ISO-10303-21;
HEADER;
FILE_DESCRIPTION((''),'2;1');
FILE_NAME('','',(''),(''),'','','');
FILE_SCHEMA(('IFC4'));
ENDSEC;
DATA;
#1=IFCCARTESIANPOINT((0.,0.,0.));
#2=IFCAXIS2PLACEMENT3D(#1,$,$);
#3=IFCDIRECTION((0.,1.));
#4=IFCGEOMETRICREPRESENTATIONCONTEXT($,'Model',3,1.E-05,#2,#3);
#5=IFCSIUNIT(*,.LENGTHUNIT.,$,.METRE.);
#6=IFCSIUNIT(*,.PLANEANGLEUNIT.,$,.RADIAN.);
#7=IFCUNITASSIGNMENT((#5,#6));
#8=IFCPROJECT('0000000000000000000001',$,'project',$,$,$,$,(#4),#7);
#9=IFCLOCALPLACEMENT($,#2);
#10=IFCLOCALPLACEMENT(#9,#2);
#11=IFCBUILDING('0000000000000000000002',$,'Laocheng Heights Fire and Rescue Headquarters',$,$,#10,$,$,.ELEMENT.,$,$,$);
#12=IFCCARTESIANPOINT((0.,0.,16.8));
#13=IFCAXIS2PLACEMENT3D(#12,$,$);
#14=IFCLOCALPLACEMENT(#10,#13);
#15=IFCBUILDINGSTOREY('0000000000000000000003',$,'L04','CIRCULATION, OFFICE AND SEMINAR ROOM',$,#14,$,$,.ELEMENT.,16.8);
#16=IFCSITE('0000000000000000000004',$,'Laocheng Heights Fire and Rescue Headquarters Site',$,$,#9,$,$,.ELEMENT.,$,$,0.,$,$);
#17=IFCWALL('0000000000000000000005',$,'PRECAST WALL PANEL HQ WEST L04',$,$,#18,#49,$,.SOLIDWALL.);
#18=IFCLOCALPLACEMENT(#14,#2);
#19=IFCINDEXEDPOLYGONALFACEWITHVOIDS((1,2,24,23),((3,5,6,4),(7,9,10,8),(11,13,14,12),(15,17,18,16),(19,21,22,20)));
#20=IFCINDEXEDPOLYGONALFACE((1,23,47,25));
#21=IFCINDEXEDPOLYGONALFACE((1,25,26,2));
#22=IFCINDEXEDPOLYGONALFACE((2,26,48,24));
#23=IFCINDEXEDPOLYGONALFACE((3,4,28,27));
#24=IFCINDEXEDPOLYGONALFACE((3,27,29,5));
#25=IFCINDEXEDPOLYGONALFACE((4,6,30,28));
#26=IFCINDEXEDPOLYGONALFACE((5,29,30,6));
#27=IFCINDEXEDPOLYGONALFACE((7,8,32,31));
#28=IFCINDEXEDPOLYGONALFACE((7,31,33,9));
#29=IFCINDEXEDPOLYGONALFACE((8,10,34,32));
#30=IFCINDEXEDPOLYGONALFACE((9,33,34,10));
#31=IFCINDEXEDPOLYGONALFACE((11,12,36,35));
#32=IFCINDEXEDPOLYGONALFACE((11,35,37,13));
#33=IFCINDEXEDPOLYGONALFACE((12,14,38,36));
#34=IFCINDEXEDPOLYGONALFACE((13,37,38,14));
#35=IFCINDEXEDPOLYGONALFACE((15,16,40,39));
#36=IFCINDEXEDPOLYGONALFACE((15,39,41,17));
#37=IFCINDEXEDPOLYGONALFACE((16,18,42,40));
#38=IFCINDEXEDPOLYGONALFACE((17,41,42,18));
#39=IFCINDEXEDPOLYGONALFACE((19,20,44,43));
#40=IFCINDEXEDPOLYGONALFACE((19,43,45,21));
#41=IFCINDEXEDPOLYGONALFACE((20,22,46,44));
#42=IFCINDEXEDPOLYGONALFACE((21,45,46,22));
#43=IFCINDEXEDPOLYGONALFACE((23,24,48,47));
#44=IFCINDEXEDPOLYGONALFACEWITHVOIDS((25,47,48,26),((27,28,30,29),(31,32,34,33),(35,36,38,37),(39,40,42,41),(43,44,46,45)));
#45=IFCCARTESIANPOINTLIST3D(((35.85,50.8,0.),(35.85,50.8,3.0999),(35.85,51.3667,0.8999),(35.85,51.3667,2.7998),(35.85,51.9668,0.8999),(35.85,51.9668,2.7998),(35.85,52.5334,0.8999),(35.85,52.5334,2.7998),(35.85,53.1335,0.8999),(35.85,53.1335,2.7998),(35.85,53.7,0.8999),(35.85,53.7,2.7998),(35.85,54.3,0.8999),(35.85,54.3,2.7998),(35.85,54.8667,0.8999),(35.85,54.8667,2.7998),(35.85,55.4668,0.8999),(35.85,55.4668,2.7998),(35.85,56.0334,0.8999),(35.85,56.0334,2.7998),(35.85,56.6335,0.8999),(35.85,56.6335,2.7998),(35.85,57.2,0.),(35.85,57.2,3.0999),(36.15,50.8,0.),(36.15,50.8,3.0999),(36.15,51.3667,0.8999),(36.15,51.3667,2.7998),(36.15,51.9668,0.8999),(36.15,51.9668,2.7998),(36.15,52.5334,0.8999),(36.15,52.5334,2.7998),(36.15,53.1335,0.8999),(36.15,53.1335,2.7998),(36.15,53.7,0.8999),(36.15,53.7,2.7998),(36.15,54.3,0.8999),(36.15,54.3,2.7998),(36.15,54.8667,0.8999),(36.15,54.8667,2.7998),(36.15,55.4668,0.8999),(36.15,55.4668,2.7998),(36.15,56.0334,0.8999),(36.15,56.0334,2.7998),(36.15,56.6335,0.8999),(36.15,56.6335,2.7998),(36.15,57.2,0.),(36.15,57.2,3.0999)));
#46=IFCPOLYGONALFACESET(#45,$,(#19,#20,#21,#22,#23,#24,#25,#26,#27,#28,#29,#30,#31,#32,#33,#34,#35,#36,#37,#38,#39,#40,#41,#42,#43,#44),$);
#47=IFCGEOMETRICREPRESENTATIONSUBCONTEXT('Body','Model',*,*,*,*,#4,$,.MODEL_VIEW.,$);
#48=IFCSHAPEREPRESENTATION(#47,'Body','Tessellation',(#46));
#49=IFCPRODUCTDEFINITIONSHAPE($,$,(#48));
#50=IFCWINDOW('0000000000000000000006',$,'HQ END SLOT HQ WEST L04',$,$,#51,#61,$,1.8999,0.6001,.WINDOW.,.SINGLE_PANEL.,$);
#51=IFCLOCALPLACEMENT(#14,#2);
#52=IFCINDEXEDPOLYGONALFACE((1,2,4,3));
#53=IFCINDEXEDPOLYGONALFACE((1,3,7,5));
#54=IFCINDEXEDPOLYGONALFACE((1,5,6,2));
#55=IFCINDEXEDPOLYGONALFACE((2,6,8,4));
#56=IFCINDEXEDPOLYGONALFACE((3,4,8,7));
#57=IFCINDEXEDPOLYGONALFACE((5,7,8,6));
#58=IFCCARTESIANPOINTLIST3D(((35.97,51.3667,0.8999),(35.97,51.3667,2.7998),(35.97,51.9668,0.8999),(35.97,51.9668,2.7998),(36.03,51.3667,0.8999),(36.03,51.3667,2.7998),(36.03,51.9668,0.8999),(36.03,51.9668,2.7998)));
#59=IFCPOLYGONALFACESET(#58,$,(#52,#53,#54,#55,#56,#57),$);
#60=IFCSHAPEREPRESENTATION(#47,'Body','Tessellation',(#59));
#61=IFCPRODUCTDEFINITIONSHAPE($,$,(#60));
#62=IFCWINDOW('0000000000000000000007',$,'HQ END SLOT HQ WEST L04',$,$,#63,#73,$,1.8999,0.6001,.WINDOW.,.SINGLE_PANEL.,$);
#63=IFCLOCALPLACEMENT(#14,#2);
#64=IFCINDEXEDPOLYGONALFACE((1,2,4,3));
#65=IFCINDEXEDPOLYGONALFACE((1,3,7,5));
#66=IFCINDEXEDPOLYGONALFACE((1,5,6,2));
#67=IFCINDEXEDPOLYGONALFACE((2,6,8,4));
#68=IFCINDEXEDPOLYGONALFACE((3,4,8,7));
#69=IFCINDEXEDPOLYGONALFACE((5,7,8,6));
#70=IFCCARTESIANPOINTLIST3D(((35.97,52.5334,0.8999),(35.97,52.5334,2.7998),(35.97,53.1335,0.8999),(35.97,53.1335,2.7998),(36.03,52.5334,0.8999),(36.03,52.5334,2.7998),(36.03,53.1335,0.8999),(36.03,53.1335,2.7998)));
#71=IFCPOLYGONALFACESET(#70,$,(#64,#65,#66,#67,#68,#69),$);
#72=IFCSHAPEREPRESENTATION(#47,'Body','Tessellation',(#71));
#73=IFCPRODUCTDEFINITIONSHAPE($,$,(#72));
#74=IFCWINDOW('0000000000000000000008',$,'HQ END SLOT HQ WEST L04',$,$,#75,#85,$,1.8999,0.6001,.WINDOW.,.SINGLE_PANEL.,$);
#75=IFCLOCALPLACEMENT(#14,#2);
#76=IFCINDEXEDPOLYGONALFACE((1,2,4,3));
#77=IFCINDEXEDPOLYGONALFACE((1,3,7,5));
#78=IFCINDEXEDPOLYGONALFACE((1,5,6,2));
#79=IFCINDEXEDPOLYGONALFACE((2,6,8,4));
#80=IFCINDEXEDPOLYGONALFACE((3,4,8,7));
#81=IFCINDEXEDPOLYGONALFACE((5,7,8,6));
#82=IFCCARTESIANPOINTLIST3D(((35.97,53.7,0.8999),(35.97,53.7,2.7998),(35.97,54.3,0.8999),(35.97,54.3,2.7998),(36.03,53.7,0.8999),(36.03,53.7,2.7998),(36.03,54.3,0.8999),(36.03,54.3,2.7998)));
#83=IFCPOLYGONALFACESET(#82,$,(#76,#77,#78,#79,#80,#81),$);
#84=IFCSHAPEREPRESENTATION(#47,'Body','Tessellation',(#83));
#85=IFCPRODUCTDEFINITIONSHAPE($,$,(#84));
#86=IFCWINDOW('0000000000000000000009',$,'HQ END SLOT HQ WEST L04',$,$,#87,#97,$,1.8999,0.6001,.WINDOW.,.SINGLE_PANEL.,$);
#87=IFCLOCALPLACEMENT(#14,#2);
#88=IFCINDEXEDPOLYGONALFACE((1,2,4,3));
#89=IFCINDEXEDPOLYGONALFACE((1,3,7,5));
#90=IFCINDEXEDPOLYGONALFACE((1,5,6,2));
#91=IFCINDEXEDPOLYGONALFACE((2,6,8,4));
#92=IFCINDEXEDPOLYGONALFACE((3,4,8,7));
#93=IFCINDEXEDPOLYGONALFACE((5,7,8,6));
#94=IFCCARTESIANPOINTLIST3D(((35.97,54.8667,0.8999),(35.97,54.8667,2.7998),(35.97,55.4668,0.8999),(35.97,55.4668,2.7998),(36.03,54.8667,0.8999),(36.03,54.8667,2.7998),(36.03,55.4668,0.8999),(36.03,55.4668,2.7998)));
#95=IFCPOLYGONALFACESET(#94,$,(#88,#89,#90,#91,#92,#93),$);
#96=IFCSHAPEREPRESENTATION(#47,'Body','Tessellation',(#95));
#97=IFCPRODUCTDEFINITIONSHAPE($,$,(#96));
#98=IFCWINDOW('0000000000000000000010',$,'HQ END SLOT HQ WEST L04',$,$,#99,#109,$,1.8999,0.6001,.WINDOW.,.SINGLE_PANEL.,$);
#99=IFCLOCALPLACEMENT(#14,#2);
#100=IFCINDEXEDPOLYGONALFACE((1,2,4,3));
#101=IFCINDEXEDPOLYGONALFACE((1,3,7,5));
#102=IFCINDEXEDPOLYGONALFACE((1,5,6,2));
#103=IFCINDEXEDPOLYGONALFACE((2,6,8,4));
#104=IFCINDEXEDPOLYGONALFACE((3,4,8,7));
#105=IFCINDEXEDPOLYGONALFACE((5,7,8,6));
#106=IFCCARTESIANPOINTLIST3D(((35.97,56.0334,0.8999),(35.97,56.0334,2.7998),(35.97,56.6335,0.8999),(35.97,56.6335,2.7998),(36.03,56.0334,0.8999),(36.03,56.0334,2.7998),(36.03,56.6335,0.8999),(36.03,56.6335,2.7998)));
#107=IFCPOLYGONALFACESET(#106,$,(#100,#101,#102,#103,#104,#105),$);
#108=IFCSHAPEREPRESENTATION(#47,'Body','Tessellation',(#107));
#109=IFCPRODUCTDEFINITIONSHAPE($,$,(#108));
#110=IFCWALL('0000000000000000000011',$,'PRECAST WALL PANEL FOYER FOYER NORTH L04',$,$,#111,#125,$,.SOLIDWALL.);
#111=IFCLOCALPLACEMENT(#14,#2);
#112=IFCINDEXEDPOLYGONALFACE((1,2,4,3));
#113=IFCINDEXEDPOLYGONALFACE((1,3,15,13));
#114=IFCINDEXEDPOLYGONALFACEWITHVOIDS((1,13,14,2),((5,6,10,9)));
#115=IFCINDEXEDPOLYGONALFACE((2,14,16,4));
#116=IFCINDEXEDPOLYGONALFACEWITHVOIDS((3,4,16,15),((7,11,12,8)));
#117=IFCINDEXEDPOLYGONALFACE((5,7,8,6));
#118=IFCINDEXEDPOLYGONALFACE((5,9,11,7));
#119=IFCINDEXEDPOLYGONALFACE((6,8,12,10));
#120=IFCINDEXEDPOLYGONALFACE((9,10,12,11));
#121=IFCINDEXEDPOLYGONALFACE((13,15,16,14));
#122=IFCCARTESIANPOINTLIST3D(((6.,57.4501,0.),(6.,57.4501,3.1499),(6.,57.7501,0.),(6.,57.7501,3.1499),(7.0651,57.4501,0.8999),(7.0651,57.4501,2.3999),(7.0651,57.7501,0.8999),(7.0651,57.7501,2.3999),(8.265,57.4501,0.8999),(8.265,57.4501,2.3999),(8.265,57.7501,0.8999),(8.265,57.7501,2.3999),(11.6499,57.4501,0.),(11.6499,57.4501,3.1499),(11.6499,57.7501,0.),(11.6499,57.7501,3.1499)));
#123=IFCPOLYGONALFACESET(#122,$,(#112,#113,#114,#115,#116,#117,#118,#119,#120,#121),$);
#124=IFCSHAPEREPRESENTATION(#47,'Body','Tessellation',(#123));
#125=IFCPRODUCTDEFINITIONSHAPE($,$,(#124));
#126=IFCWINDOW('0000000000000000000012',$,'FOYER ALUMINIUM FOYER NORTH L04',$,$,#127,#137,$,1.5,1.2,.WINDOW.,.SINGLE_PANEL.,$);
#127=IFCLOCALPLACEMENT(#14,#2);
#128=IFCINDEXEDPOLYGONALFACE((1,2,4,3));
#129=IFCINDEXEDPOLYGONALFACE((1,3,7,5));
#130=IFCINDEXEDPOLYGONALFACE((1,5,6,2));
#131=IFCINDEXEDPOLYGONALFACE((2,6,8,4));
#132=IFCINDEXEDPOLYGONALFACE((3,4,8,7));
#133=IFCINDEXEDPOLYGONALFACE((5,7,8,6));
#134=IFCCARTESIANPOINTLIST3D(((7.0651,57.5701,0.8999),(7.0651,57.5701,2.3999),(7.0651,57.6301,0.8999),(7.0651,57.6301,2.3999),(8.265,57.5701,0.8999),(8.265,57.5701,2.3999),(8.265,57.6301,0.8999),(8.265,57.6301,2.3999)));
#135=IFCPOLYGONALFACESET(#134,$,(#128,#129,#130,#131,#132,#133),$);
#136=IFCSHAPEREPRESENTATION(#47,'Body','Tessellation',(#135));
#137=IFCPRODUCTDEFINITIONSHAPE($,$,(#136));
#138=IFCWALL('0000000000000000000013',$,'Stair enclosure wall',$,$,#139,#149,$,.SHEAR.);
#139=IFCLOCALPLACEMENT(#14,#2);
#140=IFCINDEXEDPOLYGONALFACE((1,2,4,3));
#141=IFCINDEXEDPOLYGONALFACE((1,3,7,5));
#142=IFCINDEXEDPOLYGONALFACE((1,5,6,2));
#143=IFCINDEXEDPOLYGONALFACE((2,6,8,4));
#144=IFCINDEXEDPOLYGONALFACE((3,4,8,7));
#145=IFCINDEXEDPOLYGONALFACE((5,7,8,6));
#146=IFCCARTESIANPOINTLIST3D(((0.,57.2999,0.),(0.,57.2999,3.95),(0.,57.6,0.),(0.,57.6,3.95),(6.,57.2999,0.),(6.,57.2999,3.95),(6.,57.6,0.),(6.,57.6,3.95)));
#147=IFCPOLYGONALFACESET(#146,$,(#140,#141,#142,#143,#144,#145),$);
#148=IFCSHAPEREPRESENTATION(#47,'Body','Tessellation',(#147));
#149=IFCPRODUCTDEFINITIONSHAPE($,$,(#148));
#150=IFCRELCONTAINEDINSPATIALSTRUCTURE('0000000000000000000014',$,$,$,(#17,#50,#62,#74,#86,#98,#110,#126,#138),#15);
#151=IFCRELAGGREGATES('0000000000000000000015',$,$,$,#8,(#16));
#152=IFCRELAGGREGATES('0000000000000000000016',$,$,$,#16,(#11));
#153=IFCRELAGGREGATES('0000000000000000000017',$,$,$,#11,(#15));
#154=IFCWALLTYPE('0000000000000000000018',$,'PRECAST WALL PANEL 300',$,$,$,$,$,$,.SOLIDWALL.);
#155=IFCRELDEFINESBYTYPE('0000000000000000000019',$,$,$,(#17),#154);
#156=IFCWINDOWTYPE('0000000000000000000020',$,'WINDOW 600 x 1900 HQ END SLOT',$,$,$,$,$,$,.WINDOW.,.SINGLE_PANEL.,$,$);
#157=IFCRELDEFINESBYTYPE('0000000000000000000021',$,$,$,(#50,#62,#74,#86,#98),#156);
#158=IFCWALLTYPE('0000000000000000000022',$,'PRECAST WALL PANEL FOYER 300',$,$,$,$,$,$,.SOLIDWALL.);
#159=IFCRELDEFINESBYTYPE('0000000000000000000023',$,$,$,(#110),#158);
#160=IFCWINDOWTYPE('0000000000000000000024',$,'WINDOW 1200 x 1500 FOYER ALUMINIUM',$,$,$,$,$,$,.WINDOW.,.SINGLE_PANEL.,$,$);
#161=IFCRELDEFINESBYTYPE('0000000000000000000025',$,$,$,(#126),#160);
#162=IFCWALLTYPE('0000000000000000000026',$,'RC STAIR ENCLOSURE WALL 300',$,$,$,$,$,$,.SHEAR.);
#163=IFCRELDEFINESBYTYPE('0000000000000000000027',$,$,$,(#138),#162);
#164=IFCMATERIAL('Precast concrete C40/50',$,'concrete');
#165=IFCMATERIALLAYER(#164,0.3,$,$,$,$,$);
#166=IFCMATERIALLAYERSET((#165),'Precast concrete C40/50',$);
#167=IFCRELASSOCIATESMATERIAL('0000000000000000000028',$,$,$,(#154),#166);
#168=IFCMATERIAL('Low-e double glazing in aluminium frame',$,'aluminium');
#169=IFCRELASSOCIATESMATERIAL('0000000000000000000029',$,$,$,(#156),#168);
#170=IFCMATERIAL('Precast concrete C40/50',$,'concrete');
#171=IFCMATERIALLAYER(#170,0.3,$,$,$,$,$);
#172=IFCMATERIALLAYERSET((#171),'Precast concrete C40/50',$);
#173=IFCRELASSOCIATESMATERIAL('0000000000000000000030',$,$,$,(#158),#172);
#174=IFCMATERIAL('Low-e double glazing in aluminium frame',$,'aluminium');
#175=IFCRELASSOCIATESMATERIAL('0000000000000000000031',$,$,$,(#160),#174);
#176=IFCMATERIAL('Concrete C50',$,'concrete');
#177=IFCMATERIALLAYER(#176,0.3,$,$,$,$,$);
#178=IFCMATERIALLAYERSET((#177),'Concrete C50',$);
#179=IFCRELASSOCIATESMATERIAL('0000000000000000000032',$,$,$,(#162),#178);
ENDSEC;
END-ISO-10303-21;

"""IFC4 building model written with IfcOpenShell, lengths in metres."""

from ifc_helpers import new_model, si_unit, direction, frame, frame_2d, origin, place, context, subcontext, project, spatial, rectangle, extrude, material, layer, layer_set, type_object, element, fill, save


model = new_model("IFC4")

# Units and contexts
model_context = context("Model", 3, precision=1e-05, world=origin(), true_north=direction((0.0, 1.0)))
body_context = subcontext(model_context, "Body", "Model", "MODEL_VIEW")
ifc_project = project(units=[si_unit("LENGTHUNIT", "METRE"), si_unit("PLANEANGLEUNIT", "RADIAN")], contexts=[model_context])

# Site, building, storey
site_placement = place(None, origin())
site = spatial("IfcSite", under=ifc_project, at=site_placement, Name="Laocheng Heights Fire and Rescue Headquarters Site", CompositionType="ELEMENT", RefElevation=0.0)
building_placement = place(site_placement, origin())
building = spatial("IfcBuilding", under=site, at=building_placement, Name="Laocheng Heights Fire and Rescue Headquarters", CompositionType="ELEMENT")
storey_placement = place(building_placement, frame((0.0, 0.0, 16.8)))
storey = spatial("IfcBuildingStorey", under=building, at=storey_placement, Name="L04", Description="CIRCULATION, OFFICE AND SEMINAR ROOM", CompositionType="ELEMENT", Elevation=16.8)

# Wall, openings, windows
ifc_material_1 = material(Name="Precast concrete C40/50", Category="concrete")
ifc_layer_1 = layer(ifc_material_1, 0.3)
ifc_layer_set_1 = layer_set([ifc_layer_1], Name="Precast concrete C40/50")
wall_type_1 = type_object("IfcWallType", Name="PRECAST WALL PANEL 300", PredefinedType="SOLIDWALL", material=ifc_layer_set_1)
wall_1_placement = place(storey_placement, frame((36.0, 50.8, 0.0), z_axis=(0.0, 0.0, 1.0), x_axis=(0.0, 1.0, 0.0)))
wall_1 = element("IfcWall", 1, at=wall_1_placement, inside=storey, type_object=wall_type_1, Name="PRECAST WALL PANEL HQ WEST L04", PredefinedType="SOLIDWALL", context=body_context, shape_type="SweptSolid", body=[
    extrude(rectangle(XDim=6.3999, YDim=0.3, at=frame_2d((3.2, 0.0))), origin(), (0.0, 0.0, 1.0), 3.0999),
])
opening_1_placement = place(wall_1_placement, frame((0.5667, 0.0, 0.8999)))
opening_1 = element("IfcOpeningElement", 2, at=opening_1_placement, cuts=wall_1, PredefinedType="OPENING", context=body_context, shape_type="SweptSolid", body=[
    extrude(rectangle(XDim=0.6001, YDim=1.8999, at=frame_2d((0.3, 0.95))), frame((0.0, 0.1599, 0.0), z_axis=(0.0, -1.0, 0.0), x_axis=(1.0, 0.0, 0.0)), (0.0, 0.0, 1.0), 0.3201),
])
opening_2_placement = place(wall_1_placement, frame((1.7334, 0.0, 0.8999)))
opening_2 = element("IfcOpeningElement", 3, at=opening_2_placement, cuts=wall_1, PredefinedType="OPENING", context=body_context, shape_type="SweptSolid", body=[
    extrude(rectangle(XDim=0.6001, YDim=1.8999, at=frame_2d((0.3, 0.95))), frame((0.0, 0.1599, 0.0), z_axis=(0.0, -1.0, 0.0), x_axis=(1.0, 0.0, 0.0)), (0.0, 0.0, 1.0), 0.3201),
])
opening_3_placement = place(wall_1_placement, frame((2.8999, 0.0, 0.8999)))
opening_3 = element("IfcOpeningElement", 4, at=opening_3_placement, cuts=wall_1, PredefinedType="OPENING", context=body_context, shape_type="SweptSolid", body=[
    extrude(rectangle(XDim=0.6001, YDim=1.8999, at=frame_2d((0.3, 0.95))), frame((0.0, 0.1599, 0.0), z_axis=(0.0, -1.0, 0.0), x_axis=(1.0, 0.0, 0.0)), (0.0, 0.0, 1.0), 0.3201),
])
opening_4_placement = place(wall_1_placement, frame((4.0667, 0.0, 0.8999)))
opening_4 = element("IfcOpeningElement", 5, at=opening_4_placement, cuts=wall_1, PredefinedType="OPENING", context=body_context, shape_type="SweptSolid", body=[
    extrude(rectangle(XDim=0.6001, YDim=1.8999, at=frame_2d((0.3, 0.95))), frame((0.0, 0.1599, 0.0), z_axis=(0.0, -1.0, 0.0), x_axis=(1.0, 0.0, 0.0)), (0.0, 0.0, 1.0), 0.3201),
])
opening_5_placement = place(wall_1_placement, frame((5.2334, 0.0, 0.8999)))
opening_5 = element("IfcOpeningElement", 6, at=opening_5_placement, cuts=wall_1, PredefinedType="OPENING", context=body_context, shape_type="SweptSolid", body=[
    extrude(rectangle(XDim=0.6001, YDim=1.8999, at=frame_2d((0.3, 0.95))), frame((0.0, 0.1599, 0.0), z_axis=(0.0, -1.0, 0.0), x_axis=(1.0, 0.0, 0.0)), (0.0, 0.0, 1.0), 0.3201),
])
ifc_material_2 = material(Name="Low-e double glazing in aluminium frame", Category="aluminium")
window_type_1 = type_object("IfcWindowType", Name="WINDOW 600 x 1900 HQ END SLOT", PartitioningType="SINGLE_PANEL", PredefinedType="WINDOW", material=ifc_material_2)
window_1_placement = place(opening_1_placement, origin())
window_1 = element("IfcWindow", 7, at=window_1_placement, inside=storey, type_object=window_type_1, Name="HQ END SLOT HQ WEST L04", OverallHeight=1.8999, OverallWidth=0.6001, PartitioningType="SINGLE_PANEL", PredefinedType="WINDOW", context=body_context, shape_type="SweptSolid", body=[
    extrude(rectangle(XDim=0.6001, YDim=1.8999, at=frame_2d((0.3, 0.95))), frame((0.0, 0.03, 0.0), z_axis=(0.0, -1.0, 0.0), x_axis=(1.0, 0.0, 0.0)), (0.0, 0.0, 1.0), 0.0601),
])
fill(opening_1, window_1)
window_2_placement = place(opening_2_placement, origin())
window_2 = element("IfcWindow", 8, at=window_2_placement, inside=storey, type_object=window_type_1, Name="HQ END SLOT HQ WEST L04", OverallHeight=1.8999, OverallWidth=0.6001, PartitioningType="SINGLE_PANEL", PredefinedType="WINDOW", context=body_context, shape_type="SweptSolid", body=[
    extrude(rectangle(XDim=0.6001, YDim=1.8999, at=frame_2d((0.3, 0.95))), frame((0.0, 0.03, 0.0), z_axis=(0.0, -1.0, 0.0), x_axis=(1.0, 0.0, 0.0)), (0.0, 0.0, 1.0), 0.0601),
])
fill(opening_2, window_2)
window_3_placement = place(opening_3_placement, origin())
window_3 = element("IfcWindow", 9, at=window_3_placement, inside=storey, type_object=window_type_1, Name="HQ END SLOT HQ WEST L04", OverallHeight=1.8999, OverallWidth=0.6001, PartitioningType="SINGLE_PANEL", PredefinedType="WINDOW", context=body_context, shape_type="SweptSolid", body=[
    extrude(rectangle(XDim=0.6001, YDim=1.8999, at=frame_2d((0.3, 0.95))), frame((0.0, 0.03, 0.0), z_axis=(0.0, -1.0, 0.0), x_axis=(1.0, 0.0, 0.0)), (0.0, 0.0, 1.0), 0.0601),
])
fill(opening_3, window_3)
window_4_placement = place(opening_4_placement, origin())
window_4 = element("IfcWindow", 10, at=window_4_placement, inside=storey, type_object=window_type_1, Name="HQ END SLOT HQ WEST L04", OverallHeight=1.8999, OverallWidth=0.6001, PartitioningType="SINGLE_PANEL", PredefinedType="WINDOW", context=body_context, shape_type="SweptSolid", body=[
    extrude(rectangle(XDim=0.6001, YDim=1.8999, at=frame_2d((0.3, 0.95))), frame((0.0, 0.03, 0.0), z_axis=(0.0, -1.0, 0.0), x_axis=(1.0, 0.0, 0.0)), (0.0, 0.0, 1.0), 0.0601),
])
fill(opening_4, window_4)
window_5_placement = place(opening_5_placement, origin())
window_5 = element("IfcWindow", 11, at=window_5_placement, inside=storey, type_object=window_type_1, Name="HQ END SLOT HQ WEST L04", OverallHeight=1.8999, OverallWidth=0.6001, PartitioningType="SINGLE_PANEL", PredefinedType="WINDOW", context=body_context, shape_type="SweptSolid", body=[
    extrude(rectangle(XDim=0.6001, YDim=1.8999, at=frame_2d((0.3, 0.95))), frame((0.0, 0.03, 0.0), z_axis=(0.0, -1.0, 0.0), x_axis=(1.0, 0.0, 0.0)), (0.0, 0.0, 1.0), 0.0601),
])
fill(opening_5, window_5)

# Wall, opening, window
ifc_material_3 = material(Name="Precast concrete C40/50", Category="concrete")
ifc_layer_2 = layer(ifc_material_3, 0.3)
ifc_layer_set_2 = layer_set([ifc_layer_2], Name="Precast concrete C40/50")
wall_type_2 = type_object("IfcWallType", Name="PRECAST WALL PANEL FOYER 300", PredefinedType="SOLIDWALL", material=ifc_layer_set_2)
wall_2_placement = place(storey_placement, frame((6.0, 57.6001, 0.0), z_axis=(0.0, 0.0, 1.0), x_axis=(1.0, 0.0, 0.0)))
wall_2 = element("IfcWall", 12, at=wall_2_placement, inside=storey, type_object=wall_type_2, Name="PRECAST WALL PANEL FOYER FOYER NORTH L04", PredefinedType="SOLIDWALL", context=body_context, shape_type="SweptSolid", body=[
    extrude(rectangle(XDim=5.6499, YDim=0.3, at=frame_2d((2.825, 0.0))), origin(), (0.0, 0.0, 1.0), 3.1499),
])
opening_6_placement = place(wall_2_placement, frame((1.0649, 0.0, 0.8999)))
opening_6 = element("IfcOpeningElement", 13, at=opening_6_placement, cuts=wall_2, PredefinedType="OPENING", context=body_context, shape_type="SweptSolid", body=[
    extrude(rectangle(XDim=1.2, YDim=1.5, at=frame_2d((0.6001, 0.75))), frame((0.0, 0.1599, 0.0), z_axis=(0.0, -1.0, 0.0), x_axis=(1.0, 0.0, 0.0)), (0.0, 0.0, 1.0), 0.3201),
])
ifc_material_4 = material(Name="Low-e double glazing in aluminium frame", Category="aluminium")
window_type_2 = type_object("IfcWindowType", Name="WINDOW 1200 x 1500 FOYER ALUMINIUM", PartitioningType="SINGLE_PANEL", PredefinedType="WINDOW", material=ifc_material_4)
window_6_placement = place(opening_6_placement, origin())
window_6 = element("IfcWindow", 14, at=window_6_placement, inside=storey, type_object=window_type_2, Name="FOYER ALUMINIUM FOYER NORTH L04", OverallHeight=1.5, OverallWidth=1.2, PartitioningType="SINGLE_PANEL", PredefinedType="WINDOW", context=body_context, shape_type="SweptSolid", body=[
    extrude(rectangle(XDim=1.2, YDim=1.5, at=frame_2d((0.6001, 0.75))), frame((0.0, 0.03, 0.0), z_axis=(0.0, -1.0, 0.0), x_axis=(1.0, 0.0, 0.0)), (0.0, 0.0, 1.0), 0.0601),
])
fill(opening_6, window_6)

# Wall
ifc_material_5 = material(Name="Concrete C50", Category="concrete")
ifc_layer_3 = layer(ifc_material_5, 0.3)
ifc_layer_set_3 = layer_set([ifc_layer_3], Name="Concrete C50")
wall_type_3 = type_object("IfcWallType", Name="RC STAIR ENCLOSURE WALL 300", PredefinedType="SHEAR", material=ifc_layer_set_3)
wall_3_placement = place(storey_placement, frame((0.0, 57.45, 0.0), z_axis=(0.0, 0.0, 1.0), x_axis=(1.0, 0.0, 0.0)))
element("IfcWall", 15, at=wall_3_placement, inside=storey, type_object=wall_type_3, Name="Stair enclosure wall", PredefinedType="SHEAR", context=body_context, shape_type="SweptSolid", body=[
    extrude(rectangle(XDim=6.0, YDim=0.3, at=frame_2d((3.0, 0.0))), origin(), (0.0, 0.0, 1.0), 3.95),
])

save(model, "model.ifc")
